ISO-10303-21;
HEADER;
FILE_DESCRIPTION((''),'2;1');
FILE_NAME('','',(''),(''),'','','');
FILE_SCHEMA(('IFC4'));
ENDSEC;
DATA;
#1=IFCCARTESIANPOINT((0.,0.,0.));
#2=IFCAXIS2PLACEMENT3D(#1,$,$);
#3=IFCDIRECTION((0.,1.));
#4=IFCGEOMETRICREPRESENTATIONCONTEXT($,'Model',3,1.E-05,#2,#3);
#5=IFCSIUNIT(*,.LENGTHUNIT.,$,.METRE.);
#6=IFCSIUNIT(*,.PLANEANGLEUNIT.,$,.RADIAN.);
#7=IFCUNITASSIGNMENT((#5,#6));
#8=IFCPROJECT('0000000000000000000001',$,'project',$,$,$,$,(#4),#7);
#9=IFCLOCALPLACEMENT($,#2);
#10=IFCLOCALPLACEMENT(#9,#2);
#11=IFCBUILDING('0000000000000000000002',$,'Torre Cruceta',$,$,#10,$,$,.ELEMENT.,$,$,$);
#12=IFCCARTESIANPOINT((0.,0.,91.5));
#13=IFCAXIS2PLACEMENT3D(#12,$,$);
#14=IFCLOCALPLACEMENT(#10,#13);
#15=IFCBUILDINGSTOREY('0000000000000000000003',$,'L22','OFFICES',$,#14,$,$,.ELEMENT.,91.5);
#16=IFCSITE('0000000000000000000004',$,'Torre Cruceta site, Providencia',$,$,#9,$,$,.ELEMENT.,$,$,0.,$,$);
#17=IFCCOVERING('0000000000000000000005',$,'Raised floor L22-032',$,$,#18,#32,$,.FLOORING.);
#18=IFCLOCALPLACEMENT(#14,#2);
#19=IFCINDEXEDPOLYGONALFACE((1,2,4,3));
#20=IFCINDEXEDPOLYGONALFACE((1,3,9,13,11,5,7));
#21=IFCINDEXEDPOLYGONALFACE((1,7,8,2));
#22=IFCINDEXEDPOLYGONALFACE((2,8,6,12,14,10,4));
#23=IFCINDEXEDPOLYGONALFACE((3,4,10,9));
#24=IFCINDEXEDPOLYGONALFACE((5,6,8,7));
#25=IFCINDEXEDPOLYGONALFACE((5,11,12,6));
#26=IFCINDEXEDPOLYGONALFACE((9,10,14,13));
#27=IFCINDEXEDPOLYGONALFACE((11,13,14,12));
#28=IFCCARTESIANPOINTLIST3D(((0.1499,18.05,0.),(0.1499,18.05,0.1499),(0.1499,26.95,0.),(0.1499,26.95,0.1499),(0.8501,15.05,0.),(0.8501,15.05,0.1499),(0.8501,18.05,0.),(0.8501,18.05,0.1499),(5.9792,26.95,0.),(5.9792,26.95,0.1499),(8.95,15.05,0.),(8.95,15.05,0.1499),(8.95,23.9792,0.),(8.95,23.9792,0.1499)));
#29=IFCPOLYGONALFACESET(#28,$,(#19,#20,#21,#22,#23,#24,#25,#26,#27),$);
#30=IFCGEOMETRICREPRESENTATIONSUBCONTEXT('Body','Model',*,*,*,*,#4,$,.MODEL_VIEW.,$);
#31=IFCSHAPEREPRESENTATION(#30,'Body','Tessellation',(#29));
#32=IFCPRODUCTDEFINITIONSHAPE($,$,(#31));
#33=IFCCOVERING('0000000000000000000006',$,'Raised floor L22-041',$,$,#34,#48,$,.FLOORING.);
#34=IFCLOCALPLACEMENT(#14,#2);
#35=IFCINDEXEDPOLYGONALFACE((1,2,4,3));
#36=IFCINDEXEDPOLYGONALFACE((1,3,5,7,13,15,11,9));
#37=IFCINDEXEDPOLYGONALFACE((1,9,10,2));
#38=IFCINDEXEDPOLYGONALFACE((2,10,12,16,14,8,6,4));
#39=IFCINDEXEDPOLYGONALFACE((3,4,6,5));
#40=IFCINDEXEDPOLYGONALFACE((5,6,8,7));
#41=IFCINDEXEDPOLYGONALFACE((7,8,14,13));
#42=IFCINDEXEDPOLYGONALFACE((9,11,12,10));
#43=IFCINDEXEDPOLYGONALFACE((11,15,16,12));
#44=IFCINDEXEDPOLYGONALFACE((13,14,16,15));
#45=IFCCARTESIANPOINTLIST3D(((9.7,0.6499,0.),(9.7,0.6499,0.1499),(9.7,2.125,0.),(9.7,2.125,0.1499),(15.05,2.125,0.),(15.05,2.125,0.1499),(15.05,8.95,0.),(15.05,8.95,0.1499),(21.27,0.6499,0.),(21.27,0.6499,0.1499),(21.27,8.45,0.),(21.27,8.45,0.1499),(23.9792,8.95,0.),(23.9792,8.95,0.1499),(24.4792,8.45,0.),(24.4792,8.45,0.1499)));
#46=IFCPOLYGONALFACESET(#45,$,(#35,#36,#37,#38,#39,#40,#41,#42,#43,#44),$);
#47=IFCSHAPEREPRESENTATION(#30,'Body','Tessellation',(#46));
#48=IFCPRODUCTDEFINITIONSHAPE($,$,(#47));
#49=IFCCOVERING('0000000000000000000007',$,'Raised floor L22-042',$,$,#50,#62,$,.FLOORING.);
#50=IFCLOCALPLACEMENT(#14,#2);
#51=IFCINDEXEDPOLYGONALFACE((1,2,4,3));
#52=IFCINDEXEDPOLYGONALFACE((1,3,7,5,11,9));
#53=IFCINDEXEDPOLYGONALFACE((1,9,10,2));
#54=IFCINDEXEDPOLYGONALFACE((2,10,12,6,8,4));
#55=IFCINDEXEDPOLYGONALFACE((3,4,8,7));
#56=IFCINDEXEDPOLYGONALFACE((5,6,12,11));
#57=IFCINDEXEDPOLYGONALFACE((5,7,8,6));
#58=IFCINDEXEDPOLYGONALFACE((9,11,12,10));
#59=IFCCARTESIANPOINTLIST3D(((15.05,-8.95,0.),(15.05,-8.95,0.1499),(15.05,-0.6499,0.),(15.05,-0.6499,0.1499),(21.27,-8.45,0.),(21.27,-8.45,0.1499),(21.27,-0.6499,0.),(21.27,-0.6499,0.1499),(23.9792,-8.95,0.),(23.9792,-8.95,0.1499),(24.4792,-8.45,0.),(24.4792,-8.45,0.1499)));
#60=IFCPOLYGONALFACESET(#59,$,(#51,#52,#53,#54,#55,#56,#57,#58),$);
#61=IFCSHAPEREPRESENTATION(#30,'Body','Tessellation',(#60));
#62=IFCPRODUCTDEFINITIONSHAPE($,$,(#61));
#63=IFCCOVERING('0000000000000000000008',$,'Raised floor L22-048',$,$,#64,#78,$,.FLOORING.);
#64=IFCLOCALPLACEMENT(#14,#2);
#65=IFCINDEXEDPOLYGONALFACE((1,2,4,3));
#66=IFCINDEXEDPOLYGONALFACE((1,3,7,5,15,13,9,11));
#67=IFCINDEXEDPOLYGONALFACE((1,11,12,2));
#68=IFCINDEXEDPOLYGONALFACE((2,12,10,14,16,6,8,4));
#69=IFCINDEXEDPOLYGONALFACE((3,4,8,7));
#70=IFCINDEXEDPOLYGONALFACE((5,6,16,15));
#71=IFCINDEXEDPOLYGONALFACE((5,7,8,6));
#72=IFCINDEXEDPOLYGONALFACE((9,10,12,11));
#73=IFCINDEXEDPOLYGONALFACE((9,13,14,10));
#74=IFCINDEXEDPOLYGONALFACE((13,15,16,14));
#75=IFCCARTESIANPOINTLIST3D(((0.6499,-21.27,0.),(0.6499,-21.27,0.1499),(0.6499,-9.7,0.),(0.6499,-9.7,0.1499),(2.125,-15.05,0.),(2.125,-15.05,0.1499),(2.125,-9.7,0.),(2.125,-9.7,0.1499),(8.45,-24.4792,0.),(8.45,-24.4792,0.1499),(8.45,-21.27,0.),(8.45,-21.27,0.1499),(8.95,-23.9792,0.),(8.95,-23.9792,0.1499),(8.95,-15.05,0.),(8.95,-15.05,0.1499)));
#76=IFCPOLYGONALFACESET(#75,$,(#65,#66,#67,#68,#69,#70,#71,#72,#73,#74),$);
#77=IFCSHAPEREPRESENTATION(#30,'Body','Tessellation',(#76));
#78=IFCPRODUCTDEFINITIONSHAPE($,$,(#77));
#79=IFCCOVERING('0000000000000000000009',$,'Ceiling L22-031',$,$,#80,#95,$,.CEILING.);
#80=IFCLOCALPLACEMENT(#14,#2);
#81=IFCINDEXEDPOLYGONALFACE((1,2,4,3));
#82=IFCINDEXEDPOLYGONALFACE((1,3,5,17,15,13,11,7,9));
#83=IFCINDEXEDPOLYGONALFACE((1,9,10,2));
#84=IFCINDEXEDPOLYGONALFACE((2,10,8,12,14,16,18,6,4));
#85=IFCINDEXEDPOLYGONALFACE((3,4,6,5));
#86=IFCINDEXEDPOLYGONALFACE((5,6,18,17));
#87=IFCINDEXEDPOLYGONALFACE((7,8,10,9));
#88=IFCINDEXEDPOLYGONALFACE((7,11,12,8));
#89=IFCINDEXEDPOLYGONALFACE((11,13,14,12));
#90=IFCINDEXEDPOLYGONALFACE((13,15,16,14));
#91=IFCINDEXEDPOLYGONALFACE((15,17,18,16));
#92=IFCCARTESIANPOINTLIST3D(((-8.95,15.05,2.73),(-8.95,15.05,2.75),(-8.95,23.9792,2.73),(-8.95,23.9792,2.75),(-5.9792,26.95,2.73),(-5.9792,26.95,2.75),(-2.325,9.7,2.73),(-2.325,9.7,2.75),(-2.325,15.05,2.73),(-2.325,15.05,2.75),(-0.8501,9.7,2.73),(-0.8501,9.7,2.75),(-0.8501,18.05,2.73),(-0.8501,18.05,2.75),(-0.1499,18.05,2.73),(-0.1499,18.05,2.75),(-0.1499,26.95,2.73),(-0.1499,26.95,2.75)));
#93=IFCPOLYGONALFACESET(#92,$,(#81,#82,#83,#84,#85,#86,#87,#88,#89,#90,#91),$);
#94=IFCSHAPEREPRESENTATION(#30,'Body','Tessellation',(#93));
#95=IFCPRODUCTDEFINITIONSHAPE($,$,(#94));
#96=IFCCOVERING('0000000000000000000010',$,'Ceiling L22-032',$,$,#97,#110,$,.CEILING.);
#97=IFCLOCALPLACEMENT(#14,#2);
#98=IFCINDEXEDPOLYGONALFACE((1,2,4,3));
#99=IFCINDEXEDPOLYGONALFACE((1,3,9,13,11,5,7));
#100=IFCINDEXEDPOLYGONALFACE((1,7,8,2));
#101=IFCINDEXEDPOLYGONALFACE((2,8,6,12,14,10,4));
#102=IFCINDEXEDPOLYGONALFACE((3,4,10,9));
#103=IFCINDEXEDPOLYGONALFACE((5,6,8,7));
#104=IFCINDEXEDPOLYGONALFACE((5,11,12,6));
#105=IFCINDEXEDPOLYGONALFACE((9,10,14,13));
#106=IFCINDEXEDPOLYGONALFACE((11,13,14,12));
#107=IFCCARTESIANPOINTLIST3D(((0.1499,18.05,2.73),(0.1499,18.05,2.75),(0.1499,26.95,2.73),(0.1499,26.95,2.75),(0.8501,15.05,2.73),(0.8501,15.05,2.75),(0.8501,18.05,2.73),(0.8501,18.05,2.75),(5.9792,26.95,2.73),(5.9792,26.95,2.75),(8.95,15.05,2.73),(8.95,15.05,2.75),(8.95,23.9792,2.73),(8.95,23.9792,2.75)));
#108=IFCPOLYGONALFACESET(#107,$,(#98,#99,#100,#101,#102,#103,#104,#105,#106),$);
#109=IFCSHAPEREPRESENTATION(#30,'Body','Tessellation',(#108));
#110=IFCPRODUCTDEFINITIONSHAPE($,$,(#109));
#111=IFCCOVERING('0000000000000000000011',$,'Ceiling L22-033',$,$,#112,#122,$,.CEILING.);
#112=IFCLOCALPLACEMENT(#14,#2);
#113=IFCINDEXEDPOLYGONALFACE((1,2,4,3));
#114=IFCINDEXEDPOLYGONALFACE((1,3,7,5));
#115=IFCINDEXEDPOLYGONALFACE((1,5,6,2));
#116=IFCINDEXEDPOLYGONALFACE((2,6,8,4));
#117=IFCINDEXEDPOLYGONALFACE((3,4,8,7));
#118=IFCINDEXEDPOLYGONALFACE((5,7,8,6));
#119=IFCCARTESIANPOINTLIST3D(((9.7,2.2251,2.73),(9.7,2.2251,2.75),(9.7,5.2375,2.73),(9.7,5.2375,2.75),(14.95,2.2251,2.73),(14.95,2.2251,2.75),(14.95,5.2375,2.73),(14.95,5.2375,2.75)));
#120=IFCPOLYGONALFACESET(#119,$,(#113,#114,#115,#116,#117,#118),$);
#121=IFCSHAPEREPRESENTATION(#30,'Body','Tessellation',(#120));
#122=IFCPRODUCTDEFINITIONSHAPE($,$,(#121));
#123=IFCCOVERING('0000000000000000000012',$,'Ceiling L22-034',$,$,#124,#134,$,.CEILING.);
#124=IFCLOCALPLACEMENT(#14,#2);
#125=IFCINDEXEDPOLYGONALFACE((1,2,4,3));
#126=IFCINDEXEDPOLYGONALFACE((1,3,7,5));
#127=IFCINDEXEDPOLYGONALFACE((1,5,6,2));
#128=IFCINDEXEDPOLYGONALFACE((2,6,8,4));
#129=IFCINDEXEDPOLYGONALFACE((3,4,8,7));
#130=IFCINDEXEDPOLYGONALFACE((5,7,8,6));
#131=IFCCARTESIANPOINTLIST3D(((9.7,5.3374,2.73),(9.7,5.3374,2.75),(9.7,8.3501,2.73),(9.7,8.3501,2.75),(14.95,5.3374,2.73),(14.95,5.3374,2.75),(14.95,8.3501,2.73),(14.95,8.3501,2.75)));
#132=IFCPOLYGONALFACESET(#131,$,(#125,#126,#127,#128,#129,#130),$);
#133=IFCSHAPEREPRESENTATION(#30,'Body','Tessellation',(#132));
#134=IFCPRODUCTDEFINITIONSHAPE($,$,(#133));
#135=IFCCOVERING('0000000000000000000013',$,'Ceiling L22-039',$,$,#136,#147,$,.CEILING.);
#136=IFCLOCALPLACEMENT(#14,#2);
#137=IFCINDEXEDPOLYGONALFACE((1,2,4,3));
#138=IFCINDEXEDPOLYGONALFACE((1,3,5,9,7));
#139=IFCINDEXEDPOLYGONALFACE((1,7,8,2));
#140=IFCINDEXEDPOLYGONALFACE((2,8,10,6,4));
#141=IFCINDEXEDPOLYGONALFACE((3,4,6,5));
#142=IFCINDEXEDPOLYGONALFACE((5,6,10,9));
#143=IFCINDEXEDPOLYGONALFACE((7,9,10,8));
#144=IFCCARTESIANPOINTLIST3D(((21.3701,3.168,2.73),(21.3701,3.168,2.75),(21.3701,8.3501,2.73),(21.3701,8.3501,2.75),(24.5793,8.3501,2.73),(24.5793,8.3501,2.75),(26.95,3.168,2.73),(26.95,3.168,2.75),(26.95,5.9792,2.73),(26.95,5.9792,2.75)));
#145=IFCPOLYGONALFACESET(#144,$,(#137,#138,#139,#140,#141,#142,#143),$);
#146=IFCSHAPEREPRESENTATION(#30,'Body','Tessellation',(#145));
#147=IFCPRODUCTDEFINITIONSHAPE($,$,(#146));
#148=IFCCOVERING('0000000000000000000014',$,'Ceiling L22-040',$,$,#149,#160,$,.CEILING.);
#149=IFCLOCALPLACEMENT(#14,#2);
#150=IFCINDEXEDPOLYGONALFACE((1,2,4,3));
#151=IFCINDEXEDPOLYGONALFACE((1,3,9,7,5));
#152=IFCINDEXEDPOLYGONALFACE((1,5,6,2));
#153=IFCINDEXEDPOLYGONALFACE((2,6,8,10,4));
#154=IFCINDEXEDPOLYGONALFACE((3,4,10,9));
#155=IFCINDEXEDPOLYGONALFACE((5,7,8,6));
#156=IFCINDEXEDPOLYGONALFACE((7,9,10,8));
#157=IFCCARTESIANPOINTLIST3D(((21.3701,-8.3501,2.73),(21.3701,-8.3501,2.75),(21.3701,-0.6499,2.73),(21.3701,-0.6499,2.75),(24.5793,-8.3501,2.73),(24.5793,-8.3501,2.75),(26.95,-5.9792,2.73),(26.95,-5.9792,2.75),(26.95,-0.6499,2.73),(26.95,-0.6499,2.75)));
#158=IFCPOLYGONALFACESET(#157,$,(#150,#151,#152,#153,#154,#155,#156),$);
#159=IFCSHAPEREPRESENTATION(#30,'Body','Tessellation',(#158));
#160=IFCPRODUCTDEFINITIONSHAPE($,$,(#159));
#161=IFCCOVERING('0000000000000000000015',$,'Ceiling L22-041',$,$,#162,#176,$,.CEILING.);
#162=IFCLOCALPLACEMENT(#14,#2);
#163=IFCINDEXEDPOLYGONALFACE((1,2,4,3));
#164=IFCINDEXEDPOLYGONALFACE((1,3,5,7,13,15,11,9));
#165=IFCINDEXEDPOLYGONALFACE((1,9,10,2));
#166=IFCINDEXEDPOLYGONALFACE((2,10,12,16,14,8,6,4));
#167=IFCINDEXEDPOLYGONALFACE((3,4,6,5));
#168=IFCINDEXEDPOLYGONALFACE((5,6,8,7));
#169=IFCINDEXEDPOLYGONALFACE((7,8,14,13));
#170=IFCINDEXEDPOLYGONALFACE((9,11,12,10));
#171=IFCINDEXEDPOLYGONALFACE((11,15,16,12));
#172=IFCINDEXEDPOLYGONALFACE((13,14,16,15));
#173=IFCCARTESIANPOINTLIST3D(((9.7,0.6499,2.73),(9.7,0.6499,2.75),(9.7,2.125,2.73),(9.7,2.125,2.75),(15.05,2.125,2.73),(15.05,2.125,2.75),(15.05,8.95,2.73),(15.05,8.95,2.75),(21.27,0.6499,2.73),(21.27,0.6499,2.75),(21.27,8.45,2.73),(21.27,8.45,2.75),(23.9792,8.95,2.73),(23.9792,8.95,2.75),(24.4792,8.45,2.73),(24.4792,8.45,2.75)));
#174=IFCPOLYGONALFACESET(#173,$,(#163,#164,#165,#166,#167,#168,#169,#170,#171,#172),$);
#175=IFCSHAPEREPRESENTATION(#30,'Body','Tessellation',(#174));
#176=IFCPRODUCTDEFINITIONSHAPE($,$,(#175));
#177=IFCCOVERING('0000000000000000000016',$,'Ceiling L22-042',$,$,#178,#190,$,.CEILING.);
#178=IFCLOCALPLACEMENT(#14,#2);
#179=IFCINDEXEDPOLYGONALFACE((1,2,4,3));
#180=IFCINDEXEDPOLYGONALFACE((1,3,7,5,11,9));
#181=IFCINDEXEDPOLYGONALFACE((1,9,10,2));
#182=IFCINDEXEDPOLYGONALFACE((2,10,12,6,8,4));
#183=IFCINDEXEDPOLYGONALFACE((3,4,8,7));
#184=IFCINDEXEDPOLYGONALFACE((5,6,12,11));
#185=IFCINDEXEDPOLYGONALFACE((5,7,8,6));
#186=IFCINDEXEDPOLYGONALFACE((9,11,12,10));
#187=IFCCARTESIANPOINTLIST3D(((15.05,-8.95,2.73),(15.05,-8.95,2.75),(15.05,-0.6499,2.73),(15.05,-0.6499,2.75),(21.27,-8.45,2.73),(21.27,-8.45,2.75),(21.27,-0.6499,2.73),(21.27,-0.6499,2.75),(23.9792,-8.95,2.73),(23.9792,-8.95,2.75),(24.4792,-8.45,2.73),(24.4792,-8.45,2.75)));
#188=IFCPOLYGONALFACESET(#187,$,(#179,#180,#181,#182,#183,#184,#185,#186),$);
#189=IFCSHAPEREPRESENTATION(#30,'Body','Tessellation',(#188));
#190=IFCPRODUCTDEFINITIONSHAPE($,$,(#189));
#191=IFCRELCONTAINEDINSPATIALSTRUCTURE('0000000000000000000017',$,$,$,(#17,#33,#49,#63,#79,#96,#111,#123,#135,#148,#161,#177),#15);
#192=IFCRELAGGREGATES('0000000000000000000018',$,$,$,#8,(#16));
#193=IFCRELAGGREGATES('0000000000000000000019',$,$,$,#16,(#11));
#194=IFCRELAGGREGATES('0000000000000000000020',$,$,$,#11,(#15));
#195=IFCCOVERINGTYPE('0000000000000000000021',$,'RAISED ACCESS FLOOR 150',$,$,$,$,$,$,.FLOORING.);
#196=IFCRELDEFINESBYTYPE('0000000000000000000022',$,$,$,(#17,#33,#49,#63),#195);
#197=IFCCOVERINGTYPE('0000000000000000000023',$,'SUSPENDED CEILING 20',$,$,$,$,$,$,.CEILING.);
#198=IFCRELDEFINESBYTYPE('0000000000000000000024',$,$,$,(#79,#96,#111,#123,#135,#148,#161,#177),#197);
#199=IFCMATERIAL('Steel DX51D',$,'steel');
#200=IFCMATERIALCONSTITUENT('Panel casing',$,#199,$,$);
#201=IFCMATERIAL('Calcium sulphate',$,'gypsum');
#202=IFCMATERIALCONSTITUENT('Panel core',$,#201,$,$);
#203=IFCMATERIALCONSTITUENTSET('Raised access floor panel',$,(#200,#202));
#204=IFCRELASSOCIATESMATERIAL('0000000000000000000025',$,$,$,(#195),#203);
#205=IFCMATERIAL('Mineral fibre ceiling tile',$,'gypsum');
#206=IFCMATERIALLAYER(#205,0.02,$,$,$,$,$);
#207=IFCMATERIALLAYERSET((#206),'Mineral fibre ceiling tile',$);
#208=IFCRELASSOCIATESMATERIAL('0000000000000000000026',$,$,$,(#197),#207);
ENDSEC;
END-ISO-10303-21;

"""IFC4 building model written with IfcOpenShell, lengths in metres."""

from ifc_helpers import new_model, si_unit, direction, frame, origin, place, context, subcontext, project, spatial, polyline, outline, extrude, material, layer, layer_set, constituent, constituent_set, type_object, element, save


model = new_model("IFC4")

# Units and contexts
model_context = context("Model", 3, precision=1e-05, world=origin(), true_north=direction((0.0, 1.0)))
body_context = subcontext(model_context, "Body", "Model", "MODEL_VIEW")
ifc_project = project(units=[si_unit("LENGTHUNIT", "METRE"), si_unit("PLANEANGLEUNIT", "RADIAN")], contexts=[model_context])

# Site, building, storey
site_placement = place(None, origin())
site = spatial("IfcSite", under=ifc_project, at=site_placement, Name="Torre Cruceta site, Providencia", CompositionType="ELEMENT", RefElevation=0.0)
building_placement = place(site_placement, origin())
building = spatial("IfcBuilding", under=site, at=building_placement, Name="Torre Cruceta", CompositionType="ELEMENT")
storey_placement = place(building_placement, frame((0.0, 0.0, 91.5)))
storey = spatial("IfcBuildingStorey", under=building, at=storey_placement, Name="L22", Description="OFFICES", CompositionType="ELEMENT", Elevation=91.5)

# Coverings
ifc_material_1 = material(Name="Steel DX51D", Category="steel")
ifc_constituent_1 = constituent(ifc_material_1, Name="Panel casing")
ifc_material_2 = material(Name="Calcium sulphate", Category="gypsum")
ifc_constituent_2 = constituent(ifc_material_2, Name="Panel core")
ifc_constituent_set_1 = constituent_set(constituents=[ifc_constituent_1, ifc_constituent_2], Name="Raised access floor panel")
covering_type_1 = type_object("IfcCoveringType", Name="RAISED ACCESS FLOOR 150", PredefinedType="FLOORING", material=ifc_constituent_set_1)
covering_1_placement = place(storey_placement, origin())
element("IfcCovering", 1, at=covering_1_placement, inside=storey, type_object=covering_type_1, Name="Raised floor L22-032", PredefinedType="FLOORING", context=body_context, shape_type="SweptSolid", body=[
    extrude(outline(polyline([(5.9792, 26.95), (8.95, 23.9792), (8.95, 15.05), (0.8501, 15.05), (0.8501, 18.05), (0.1499, 18.05), (0.1499, 26.95), (5.9792, 26.95)])), origin(), (0.0, 0.0, 1.0), 0.1499),
])
covering_2_placement = place(storey_placement, origin())
element("IfcCovering", 2, at=covering_2_placement, inside=storey, type_object=covering_type_1, Name="Raised floor L22-041", PredefinedType="FLOORING", context=body_context, shape_type="SweptSolid", body=[
    extrude(outline(polyline([(9.7, 2.125), (15.05, 2.125), (15.05, 8.95), (23.9792, 8.95), (24.4792, 8.45), (21.27, 8.45), (21.27, 0.6499), (9.7, 0.6499), (9.7, 2.125)])), origin(), (0.0, 0.0, 1.0), 0.1499),
])
covering_3_placement = place(storey_placement, origin())
element("IfcCovering", 3, at=covering_3_placement, inside=storey, type_object=covering_type_1, Name="Raised floor L22-042", PredefinedType="FLOORING", context=body_context, shape_type="SweptSolid", body=[
    extrude(outline(polyline([(15.05, -8.95), (15.05, -0.6499), (21.27, -0.6499), (21.27, -8.45), (24.4792, -8.45), (23.9792, -8.95), (15.05, -8.95)])), origin(), (0.0, 0.0, 1.0), 0.1499),
])
covering_4_placement = place(storey_placement, origin())
element("IfcCovering", 4, at=covering_4_placement, inside=storey, type_object=covering_type_1, Name="Raised floor L22-048", PredefinedType="FLOORING", context=body_context, shape_type="SweptSolid", body=[
    extrude(outline(polyline([(2.125, -9.7), (2.125, -15.05), (8.95, -15.05), (8.95, -23.9792), (8.45, -24.4792), (8.45, -21.27), (0.6499, -21.27), (0.6499, -9.7), (2.125, -9.7)])), origin(), (0.0, 0.0, 1.0), 0.1499),
])
ifc_material_3 = material(Name="Mineral fibre ceiling tile", Category="gypsum")
ifc_layer_1 = layer(ifc_material_3, 0.02)
ifc_layer_set_1 = layer_set([ifc_layer_1], Name="Mineral fibre ceiling tile")
covering_type_2 = type_object("IfcCoveringType", Name="SUSPENDED CEILING 20", PredefinedType="CEILING", material=ifc_layer_set_1)
covering_5_placement = place(storey_placement, frame((0.0, 0.0, 2.73)))
element("IfcCovering", 5, at=covering_5_placement, inside=storey, type_object=covering_type_2, Name="Ceiling L22-031", PredefinedType="CEILING", context=body_context, shape_type="SweptSolid", body=[
    extrude(outline(polyline([(-0.1499, 26.95), (-0.1499, 18.05), (-0.8501, 18.05), (-0.8501, 9.7), (-2.325, 9.7), (-2.325, 15.05), (-8.95, 15.05), (-8.95, 23.9792), (-5.9792, 26.95), (-0.1499, 26.95)])), origin(), (0.0, 0.0, 1.0), 0.02),
])
covering_6_placement = place(storey_placement, frame((0.0, 0.0, 2.73)))
element("IfcCovering", 6, at=covering_6_placement, inside=storey, type_object=covering_type_2, Name="Ceiling L22-032", PredefinedType="CEILING", context=body_context, shape_type="SweptSolid", body=[
    extrude(outline(polyline([(5.9792, 26.95), (8.95, 23.9792), (8.95, 15.05), (0.8501, 15.05), (0.8501, 18.05), (0.1499, 18.05), (0.1499, 26.95), (5.9792, 26.95)])), origin(), (0.0, 0.0, 1.0), 0.02),
])
covering_7_placement = place(storey_placement, frame((0.0, 0.0, 2.73)))
element("IfcCovering", 7, at=covering_7_placement, inside=storey, type_object=covering_type_2, Name="Ceiling L22-033", PredefinedType="CEILING", context=body_context, shape_type="SweptSolid", body=[
    extrude(outline(polyline([(9.7, 2.2251), (9.7, 5.2375), (14.95, 5.2375), (14.95, 2.2251), (9.7, 2.2251)])), origin(), (0.0, 0.0, 1.0), 0.02),
])
covering_8_placement = place(storey_placement, frame((0.0, 0.0, 2.73)))
element("IfcCovering", 8, at=covering_8_placement, inside=storey, type_object=covering_type_2, Name="Ceiling L22-034", PredefinedType="CEILING", context=body_context, shape_type="SweptSolid", body=[
    extrude(outline(polyline([(9.7, 5.3374), (9.7, 8.3501), (14.95, 8.3501), (14.95, 5.3374), (9.7, 5.3374)])), origin(), (0.0, 0.0, 1.0), 0.02),
])
covering_9_placement = place(storey_placement, frame((0.0, 0.0, 2.73)))
element("IfcCovering", 9, at=covering_9_placement, inside=storey, type_object=covering_type_2, Name="Ceiling L22-039", PredefinedType="CEILING", context=body_context, shape_type="SweptSolid", body=[
    extrude(outline(polyline([(26.95, 3.168), (21.3701, 3.168), (21.3701, 8.3501), (24.5793, 8.3501), (26.95, 5.9792), (26.95, 3.168)])), origin(), (0.0, 0.0, 1.0), 0.02),
])
covering_10_placement = place(storey_placement, frame((0.0, 0.0, 2.73)))
element("IfcCovering", 10, at=covering_10_placement, inside=storey, type_object=covering_type_2, Name="Ceiling L22-040", PredefinedType="CEILING", context=body_context, shape_type="SweptSolid", body=[
    extrude(outline(polyline([(24.5793, -8.3501), (21.3701, -8.3501), (21.3701, -0.6499), (26.95, -0.6499), (26.95, -5.9792), (24.5793, -8.3501)])), origin(), (0.0, 0.0, 1.0), 0.02),
])
covering_11_placement = place(storey_placement, frame((0.0, 0.0, 2.73)))
element("IfcCovering", 11, at=covering_11_placement, inside=storey, type_object=covering_type_2, Name="Ceiling L22-041", PredefinedType="CEILING", context=body_context, shape_type="SweptSolid", body=[
    extrude(outline(polyline([(9.7, 2.125), (15.05, 2.125), (15.05, 8.95), (23.9792, 8.95), (24.4792, 8.45), (21.27, 8.45), (21.27, 0.6499), (9.7, 0.6499), (9.7, 2.125)])), origin(), (0.0, 0.0, 1.0), 0.02),
])
covering_12_placement = place(storey_placement, frame((0.0, 0.0, 2.73)))
element("IfcCovering", 12, at=covering_12_placement, inside=storey, type_object=covering_type_2, Name="Ceiling L22-042", PredefinedType="CEILING", context=body_context, shape_type="SweptSolid", body=[
    extrude(outline(polyline([(15.05, -8.95), (15.05, -0.6499), (21.27, -0.6499), (21.27, -8.45), (24.4792, -8.45), (23.9792, -8.95), (15.05, -8.95)])), origin(), (0.0, 0.0, 1.0), 0.02),
])

save(model, "model.ifc")
